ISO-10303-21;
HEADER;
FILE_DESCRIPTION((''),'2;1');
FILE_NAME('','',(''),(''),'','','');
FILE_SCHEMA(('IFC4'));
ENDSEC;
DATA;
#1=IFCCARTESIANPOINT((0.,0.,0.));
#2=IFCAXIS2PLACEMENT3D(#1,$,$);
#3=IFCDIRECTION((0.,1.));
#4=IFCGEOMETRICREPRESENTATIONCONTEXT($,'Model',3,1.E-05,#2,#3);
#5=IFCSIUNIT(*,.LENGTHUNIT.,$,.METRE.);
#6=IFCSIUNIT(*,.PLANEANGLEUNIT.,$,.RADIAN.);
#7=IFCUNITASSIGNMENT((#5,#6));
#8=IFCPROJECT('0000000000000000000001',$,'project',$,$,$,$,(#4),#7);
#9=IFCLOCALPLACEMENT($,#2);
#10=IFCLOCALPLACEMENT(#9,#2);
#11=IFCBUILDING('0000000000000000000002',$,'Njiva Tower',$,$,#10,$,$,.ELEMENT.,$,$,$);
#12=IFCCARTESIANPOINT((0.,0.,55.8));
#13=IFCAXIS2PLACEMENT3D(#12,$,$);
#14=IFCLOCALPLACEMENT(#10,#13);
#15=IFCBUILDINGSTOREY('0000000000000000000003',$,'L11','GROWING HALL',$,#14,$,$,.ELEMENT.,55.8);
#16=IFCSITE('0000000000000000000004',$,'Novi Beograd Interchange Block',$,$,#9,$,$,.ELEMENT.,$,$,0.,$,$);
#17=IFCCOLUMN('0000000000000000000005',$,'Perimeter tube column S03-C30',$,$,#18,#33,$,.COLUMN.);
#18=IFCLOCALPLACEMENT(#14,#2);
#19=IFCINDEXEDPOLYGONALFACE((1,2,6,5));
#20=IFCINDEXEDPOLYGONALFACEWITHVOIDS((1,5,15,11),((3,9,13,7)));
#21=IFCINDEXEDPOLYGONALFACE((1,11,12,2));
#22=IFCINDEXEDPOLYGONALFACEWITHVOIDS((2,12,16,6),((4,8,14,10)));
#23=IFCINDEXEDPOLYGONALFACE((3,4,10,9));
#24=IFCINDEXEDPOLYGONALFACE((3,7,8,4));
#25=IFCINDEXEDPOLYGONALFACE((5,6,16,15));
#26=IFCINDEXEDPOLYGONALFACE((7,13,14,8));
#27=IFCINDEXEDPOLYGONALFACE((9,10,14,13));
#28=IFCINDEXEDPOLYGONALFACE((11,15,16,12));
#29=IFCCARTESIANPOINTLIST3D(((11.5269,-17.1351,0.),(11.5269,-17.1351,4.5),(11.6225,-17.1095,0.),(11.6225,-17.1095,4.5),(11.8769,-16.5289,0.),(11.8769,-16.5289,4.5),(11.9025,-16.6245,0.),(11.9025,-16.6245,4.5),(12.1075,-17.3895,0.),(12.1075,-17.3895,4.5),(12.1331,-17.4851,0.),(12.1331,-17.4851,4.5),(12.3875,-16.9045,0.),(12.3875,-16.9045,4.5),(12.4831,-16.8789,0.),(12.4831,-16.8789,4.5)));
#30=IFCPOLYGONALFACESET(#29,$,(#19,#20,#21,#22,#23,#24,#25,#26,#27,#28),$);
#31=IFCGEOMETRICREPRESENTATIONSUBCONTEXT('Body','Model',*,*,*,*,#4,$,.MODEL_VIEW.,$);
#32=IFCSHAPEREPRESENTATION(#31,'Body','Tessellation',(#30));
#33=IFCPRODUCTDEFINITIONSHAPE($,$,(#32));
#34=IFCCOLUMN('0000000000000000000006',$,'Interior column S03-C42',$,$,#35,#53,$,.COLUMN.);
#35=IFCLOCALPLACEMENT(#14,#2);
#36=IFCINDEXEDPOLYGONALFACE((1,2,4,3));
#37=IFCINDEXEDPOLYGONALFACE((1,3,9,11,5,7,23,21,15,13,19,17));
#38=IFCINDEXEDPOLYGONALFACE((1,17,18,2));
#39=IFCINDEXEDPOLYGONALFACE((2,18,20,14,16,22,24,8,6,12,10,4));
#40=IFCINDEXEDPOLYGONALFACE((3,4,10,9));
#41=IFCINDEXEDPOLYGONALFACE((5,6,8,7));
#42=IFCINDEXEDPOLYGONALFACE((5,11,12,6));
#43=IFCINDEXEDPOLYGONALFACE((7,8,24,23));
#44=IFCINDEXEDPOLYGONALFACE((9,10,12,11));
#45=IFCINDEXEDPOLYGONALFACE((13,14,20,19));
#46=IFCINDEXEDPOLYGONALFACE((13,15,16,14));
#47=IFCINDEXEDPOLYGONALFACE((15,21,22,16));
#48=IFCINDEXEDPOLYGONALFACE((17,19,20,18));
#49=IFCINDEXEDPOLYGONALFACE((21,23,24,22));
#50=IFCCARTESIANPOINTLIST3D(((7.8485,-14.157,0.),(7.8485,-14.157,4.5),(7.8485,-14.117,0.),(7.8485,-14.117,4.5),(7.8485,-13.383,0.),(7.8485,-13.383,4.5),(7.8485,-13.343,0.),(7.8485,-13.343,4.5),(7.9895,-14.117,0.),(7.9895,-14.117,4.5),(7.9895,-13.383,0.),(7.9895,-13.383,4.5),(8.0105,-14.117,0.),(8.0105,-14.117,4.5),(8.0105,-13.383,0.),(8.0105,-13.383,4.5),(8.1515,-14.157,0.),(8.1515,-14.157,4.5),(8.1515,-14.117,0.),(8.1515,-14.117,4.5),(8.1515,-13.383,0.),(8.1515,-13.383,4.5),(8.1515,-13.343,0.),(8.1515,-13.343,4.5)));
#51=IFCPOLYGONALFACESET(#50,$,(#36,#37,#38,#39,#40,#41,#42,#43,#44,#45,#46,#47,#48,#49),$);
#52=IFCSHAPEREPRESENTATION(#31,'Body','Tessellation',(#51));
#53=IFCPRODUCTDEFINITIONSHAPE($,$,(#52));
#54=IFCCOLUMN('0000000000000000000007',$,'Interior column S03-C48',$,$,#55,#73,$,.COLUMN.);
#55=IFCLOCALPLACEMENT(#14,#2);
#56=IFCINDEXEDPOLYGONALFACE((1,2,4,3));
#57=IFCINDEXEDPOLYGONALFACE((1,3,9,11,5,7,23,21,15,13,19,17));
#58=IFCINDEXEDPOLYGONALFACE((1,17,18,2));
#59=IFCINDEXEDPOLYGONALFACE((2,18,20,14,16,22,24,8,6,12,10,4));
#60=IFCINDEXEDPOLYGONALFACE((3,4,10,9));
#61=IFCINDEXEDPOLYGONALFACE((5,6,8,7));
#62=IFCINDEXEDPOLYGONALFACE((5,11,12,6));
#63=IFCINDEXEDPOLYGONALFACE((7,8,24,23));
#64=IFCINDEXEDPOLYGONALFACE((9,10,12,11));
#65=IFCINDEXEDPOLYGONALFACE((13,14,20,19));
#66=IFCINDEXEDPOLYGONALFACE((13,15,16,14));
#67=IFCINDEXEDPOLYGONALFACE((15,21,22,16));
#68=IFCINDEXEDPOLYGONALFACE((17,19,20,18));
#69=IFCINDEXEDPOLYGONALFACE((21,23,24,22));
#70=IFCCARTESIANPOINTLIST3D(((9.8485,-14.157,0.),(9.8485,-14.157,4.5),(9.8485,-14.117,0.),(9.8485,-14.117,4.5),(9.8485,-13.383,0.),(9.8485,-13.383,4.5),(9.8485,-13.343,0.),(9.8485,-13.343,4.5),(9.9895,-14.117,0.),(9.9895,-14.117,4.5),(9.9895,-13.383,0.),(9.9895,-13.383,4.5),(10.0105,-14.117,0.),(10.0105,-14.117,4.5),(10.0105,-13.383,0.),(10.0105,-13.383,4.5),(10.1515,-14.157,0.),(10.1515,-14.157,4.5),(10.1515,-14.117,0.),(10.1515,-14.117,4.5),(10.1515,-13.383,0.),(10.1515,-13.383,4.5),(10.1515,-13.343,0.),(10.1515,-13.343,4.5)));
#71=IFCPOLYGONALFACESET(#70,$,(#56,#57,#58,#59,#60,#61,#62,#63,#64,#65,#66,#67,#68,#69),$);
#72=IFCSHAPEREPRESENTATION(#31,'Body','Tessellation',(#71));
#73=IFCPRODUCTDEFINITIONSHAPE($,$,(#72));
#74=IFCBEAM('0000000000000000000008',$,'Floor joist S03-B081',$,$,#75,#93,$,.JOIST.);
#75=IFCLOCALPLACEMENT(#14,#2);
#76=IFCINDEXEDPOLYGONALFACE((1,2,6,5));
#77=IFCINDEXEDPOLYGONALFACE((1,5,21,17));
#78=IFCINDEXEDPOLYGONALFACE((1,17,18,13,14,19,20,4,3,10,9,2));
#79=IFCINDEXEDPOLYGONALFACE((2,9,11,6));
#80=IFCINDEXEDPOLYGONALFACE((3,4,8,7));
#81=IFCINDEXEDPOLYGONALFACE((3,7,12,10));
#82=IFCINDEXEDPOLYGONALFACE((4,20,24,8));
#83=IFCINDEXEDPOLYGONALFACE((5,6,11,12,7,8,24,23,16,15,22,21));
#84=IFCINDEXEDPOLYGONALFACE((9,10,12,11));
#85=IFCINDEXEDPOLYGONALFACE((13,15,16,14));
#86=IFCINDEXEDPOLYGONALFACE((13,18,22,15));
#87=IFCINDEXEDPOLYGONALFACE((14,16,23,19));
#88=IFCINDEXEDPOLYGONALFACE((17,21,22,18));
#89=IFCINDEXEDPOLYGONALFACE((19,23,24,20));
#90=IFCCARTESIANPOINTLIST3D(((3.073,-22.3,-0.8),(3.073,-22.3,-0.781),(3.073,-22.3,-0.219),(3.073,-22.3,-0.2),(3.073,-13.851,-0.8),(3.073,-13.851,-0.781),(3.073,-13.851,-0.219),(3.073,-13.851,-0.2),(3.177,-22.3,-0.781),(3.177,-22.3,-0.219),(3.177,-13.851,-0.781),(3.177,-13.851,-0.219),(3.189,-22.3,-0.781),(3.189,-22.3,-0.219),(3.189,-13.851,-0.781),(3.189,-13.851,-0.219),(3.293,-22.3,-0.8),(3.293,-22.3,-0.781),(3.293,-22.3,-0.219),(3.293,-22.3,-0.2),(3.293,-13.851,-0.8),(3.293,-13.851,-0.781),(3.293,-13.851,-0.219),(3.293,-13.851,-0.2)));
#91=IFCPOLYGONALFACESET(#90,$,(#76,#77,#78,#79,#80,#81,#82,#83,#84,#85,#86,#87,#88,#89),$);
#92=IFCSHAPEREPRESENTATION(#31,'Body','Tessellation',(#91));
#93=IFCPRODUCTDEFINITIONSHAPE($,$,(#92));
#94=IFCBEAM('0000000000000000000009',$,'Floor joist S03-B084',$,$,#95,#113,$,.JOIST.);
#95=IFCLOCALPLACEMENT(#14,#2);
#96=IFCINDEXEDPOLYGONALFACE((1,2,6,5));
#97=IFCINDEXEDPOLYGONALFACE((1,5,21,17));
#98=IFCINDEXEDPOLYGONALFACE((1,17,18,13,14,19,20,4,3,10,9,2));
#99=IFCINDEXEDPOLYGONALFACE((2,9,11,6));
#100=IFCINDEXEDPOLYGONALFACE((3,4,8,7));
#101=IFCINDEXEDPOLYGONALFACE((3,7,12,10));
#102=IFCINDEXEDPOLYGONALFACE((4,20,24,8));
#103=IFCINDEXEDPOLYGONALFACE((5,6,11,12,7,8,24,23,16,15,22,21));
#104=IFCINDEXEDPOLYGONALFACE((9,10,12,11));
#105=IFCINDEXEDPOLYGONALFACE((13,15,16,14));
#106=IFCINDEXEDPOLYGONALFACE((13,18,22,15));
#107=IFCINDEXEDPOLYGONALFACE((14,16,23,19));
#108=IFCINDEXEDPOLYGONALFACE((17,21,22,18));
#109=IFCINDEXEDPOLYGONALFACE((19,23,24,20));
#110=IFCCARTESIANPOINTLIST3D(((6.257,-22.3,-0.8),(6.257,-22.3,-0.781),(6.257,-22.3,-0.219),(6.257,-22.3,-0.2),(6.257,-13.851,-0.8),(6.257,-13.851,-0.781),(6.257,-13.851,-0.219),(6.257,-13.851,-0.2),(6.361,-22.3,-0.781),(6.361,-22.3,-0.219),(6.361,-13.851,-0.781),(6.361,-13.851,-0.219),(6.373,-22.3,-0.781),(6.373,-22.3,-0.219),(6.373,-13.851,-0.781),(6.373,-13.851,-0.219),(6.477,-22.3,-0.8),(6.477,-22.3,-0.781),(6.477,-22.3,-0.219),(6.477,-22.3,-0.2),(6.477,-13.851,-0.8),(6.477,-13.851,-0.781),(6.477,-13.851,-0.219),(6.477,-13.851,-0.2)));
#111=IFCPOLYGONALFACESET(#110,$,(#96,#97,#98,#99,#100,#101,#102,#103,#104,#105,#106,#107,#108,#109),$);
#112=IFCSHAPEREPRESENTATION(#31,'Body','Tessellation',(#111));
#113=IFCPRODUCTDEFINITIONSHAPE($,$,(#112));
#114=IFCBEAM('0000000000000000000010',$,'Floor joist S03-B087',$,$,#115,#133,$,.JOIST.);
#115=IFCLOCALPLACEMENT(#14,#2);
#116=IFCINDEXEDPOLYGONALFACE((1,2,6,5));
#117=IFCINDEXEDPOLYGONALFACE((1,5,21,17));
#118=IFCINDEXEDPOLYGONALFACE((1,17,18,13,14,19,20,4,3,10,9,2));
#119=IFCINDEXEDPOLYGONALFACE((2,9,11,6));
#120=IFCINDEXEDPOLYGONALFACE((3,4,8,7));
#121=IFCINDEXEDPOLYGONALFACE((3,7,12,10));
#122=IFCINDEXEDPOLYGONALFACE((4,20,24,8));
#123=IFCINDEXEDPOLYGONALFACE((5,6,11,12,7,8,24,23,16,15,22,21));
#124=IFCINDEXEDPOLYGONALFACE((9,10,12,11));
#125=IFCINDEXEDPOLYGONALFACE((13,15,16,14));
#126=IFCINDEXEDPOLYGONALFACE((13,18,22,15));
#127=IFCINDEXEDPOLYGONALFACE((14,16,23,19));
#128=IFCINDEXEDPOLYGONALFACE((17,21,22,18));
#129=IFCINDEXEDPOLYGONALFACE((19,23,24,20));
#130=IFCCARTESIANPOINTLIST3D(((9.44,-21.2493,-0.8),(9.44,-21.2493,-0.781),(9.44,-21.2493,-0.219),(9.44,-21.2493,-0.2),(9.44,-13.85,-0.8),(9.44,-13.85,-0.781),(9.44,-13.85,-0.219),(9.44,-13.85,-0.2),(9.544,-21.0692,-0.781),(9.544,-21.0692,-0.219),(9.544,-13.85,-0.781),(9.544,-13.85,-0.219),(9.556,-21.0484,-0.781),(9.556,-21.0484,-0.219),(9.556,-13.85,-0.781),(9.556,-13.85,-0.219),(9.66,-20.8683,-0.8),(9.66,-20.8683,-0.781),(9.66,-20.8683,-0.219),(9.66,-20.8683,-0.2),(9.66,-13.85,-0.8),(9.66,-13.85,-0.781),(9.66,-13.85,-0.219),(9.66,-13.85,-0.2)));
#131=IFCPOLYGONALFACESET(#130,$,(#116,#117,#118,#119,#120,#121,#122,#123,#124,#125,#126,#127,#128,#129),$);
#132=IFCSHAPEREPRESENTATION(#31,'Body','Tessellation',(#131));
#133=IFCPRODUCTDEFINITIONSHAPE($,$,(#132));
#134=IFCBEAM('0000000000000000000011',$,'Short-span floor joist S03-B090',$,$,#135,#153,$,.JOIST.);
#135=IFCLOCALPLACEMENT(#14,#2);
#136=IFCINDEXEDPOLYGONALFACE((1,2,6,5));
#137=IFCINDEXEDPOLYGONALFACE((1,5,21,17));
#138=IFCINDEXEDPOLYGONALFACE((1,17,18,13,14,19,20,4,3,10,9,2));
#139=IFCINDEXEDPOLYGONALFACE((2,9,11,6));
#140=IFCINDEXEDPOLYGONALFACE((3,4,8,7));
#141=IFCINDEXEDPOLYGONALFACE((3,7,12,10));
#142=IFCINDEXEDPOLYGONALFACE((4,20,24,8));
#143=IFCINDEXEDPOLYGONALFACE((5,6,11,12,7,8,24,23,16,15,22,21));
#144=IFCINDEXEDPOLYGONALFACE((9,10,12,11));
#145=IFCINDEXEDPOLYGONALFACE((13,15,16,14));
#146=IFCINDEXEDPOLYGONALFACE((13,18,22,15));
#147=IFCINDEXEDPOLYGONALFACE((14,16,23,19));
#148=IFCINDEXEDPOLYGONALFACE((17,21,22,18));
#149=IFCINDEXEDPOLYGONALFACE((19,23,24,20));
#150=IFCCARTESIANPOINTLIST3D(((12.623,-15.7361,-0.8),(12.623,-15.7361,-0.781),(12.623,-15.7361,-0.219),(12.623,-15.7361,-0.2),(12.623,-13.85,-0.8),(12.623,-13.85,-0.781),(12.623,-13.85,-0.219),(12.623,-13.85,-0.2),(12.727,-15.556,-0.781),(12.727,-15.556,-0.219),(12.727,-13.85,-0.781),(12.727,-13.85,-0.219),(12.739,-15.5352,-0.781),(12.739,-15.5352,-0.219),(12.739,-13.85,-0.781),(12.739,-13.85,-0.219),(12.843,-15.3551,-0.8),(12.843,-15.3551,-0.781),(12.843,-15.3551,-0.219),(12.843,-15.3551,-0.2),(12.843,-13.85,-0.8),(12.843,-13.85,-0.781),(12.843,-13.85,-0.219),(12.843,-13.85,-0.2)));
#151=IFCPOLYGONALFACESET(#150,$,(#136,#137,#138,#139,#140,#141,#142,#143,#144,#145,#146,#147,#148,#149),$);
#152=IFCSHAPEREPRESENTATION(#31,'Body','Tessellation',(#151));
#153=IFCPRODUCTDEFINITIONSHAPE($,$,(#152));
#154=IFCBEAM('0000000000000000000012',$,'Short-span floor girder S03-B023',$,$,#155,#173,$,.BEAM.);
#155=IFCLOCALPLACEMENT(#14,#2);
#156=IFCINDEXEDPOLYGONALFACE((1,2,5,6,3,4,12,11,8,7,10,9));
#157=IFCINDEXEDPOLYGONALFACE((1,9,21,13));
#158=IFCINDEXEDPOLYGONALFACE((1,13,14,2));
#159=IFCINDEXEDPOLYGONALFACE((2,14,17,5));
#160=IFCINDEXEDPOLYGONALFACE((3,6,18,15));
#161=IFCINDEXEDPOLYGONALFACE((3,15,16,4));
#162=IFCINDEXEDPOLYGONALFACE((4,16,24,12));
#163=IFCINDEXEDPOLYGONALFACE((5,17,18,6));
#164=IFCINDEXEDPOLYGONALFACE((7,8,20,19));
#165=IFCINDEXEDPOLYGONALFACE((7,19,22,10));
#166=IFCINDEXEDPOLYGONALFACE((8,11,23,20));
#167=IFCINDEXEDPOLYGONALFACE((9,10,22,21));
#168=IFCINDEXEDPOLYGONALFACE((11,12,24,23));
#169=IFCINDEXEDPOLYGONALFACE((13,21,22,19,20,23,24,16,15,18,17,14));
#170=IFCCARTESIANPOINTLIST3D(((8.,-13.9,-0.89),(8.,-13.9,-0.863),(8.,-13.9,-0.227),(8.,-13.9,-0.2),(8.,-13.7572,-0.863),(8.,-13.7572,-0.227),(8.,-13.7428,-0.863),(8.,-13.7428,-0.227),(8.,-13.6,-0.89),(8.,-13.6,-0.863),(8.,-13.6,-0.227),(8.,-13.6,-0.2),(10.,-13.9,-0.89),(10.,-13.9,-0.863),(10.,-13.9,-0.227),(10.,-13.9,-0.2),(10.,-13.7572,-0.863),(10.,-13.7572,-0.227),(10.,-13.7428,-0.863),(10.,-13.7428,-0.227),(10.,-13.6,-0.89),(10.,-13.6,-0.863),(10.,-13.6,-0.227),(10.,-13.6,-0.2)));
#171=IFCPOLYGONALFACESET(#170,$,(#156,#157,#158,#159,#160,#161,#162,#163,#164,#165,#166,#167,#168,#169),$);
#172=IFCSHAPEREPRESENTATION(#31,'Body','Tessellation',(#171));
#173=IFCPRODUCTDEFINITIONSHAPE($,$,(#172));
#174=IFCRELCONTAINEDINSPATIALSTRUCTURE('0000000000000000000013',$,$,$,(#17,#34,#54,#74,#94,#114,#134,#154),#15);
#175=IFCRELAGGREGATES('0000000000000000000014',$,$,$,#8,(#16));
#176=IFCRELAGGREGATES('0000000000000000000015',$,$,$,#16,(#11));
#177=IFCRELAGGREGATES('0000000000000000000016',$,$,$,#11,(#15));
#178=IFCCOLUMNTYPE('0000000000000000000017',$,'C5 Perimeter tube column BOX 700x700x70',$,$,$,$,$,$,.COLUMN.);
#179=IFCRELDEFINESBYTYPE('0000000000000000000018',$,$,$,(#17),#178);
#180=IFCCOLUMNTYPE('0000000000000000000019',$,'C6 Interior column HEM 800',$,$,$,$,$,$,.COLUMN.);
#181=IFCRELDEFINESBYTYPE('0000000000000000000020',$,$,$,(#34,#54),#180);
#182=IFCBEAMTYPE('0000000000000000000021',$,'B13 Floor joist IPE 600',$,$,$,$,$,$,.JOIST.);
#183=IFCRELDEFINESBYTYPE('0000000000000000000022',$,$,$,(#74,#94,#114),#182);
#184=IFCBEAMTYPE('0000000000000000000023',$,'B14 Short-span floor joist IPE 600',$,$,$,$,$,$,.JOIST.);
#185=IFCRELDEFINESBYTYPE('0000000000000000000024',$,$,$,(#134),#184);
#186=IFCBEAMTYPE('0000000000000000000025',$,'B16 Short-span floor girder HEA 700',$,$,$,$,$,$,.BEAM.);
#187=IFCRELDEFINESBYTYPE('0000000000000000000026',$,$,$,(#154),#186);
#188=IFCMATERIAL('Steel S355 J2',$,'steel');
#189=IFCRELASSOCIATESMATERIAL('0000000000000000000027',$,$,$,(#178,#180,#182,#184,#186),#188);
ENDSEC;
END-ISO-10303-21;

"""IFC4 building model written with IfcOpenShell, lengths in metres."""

from ifc_helpers import new_model, si_unit, direction, frame, origin, origin_2d, place, context, subcontext, project, spatial, hollow_rectangle, i_section, extrude, clip, halfspace, material, material_profile, profile_set, type_object, element, save


model = new_model("IFC4")

# Units and contexts
model_context = context("Model", 3, precision=1e-05, world=origin(), true_north=direction((0.0, 1.0)))
body_context = subcontext(model_context, "Body", "Model", "MODEL_VIEW")
ifc_project = project(units=[si_unit("LENGTHUNIT", "METRE"), si_unit("PLANEANGLEUNIT", "RADIAN")], contexts=[model_context])

# Site, building, storey
site_placement = place(None, origin())
site = spatial("IfcSite", under=ifc_project, at=site_placement, Name="Novi Beograd Interchange Block", CompositionType="ELEMENT", RefElevation=0.0)
building_placement = place(site_placement, origin())
building = spatial("IfcBuilding", under=site, at=building_placement, Name="Njiva Tower", CompositionType="ELEMENT")
storey_placement = place(building_placement, frame((0.0, 0.0, 55.8)))
storey = spatial("IfcBuildingStorey", under=building, at=storey_placement, Name="L11", Description="GROWING HALL", CompositionType="ELEMENT", Elevation=55.8)

# Columns
ifc_material_1 = material(Name="Steel S355 J2", Category="steel")
ifc_material_profile_1 = material_profile(ifc_material_1, hollow_rectangle(XDim=0.7, YDim=0.7, WallThickness=0.07, at=origin_2d()), Name="BOX 700x700x70")
ifc_profile_set_1 = profile_set([ifc_material_profile_1], Name="Steel S355 J2")
column_type_1 = type_object("IfcColumnType", Name="C5 Perimeter tube column BOX 700x700x70", PredefinedType="COLUMN", material=ifc_profile_set_1)
column_placement = place(storey_placement, frame((12.005, -17.007, 0.0), z_axis=(0.0, 0.0, 1.0), x_axis=(0.5, 0.866025, 0.0)))
element("IfcColumn", 1, at=column_placement, inside=storey, type_object=column_type_1, Name="Perimeter tube column S03-C30", PredefinedType="COLUMN", context=body_context, shape_type="SweptSolid", body=[
    extrude(hollow_rectangle(XDim=0.7, YDim=0.7, WallThickness=0.07, at=origin_2d()), origin(), (0.0, 0.0, 1.0), 4.5),
])
ifc_material_profile_2 = material_profile(ifc_material_1, i_section(OverallWidth=0.303, OverallDepth=0.814, WebThickness=0.021, FlangeThickness=0.04, at=origin_2d()), Name="HEM 800")
ifc_profile_set_2 = profile_set([ifc_material_profile_2], Name="Steel S355 J2")
column_type_2 = type_object("IfcColumnType", Name="C6 Interior column HEM 800", PredefinedType="COLUMN", material=ifc_profile_set_2)
for number, where, z_axis, x_axis, name in (
    (2, (8.0, -13.75, 0.0), (0.0, 0.0, 1.0), (1.0, 0.0, 0.0), "Interior column S03-C42"),
    (3, (10.0, -13.75, 0.0), (0.0, 0.0, 1.0), (1.0, 0.0, 0.0), "Interior column S03-C48"),
):
    element("IfcColumn", number, at=place(storey_placement, frame(where, z_axis=z_axis, x_axis=x_axis)), inside=storey, type_object=column_type_2, Name=name, PredefinedType="COLUMN", context=body_context, shape_type="SweptSolid", body=[
        extrude(i_section(OverallWidth=0.303, OverallDepth=0.814, WebThickness=0.021, FlangeThickness=0.04, at=origin_2d()), origin(), (0.0, 0.0, 1.0), 4.5),
    ])

# Beams
ifc_material_profile_3 = material_profile(ifc_material_1, i_section(OverallWidth=0.22, OverallDepth=0.6, WebThickness=0.012, FlangeThickness=0.019, at=origin_2d()), Name="IPE 600")
ifc_profile_set_3 = profile_set([ifc_material_profile_3], Name="Steel S355 J2")
beam_type_1 = type_object("IfcBeamType", Name="B13 Floor joist IPE 600", PredefinedType="JOIST", material=ifc_profile_set_3)
for number, where, z_axis, x_axis, name in (
    (4, (3.183, -13.851, -0.5), (0.0, -1.0, 0.0), (1.0, 0.0, 0.0), "Floor joist S03-B081"),
    (5, (6.367, -13.851, -0.5), (0.0, -1.0, 0.0), (1.0, 0.0, 0.0), "Floor joist S03-B084"),
):
    element("IfcBeam", number, at=place(storey_placement, frame(where, z_axis=z_axis, x_axis=x_axis)), inside=storey, type_object=beam_type_1, Name=name, PredefinedType="JOIST", context=body_context, shape_type="SweptSolid", body=[
        extrude(i_section(OverallWidth=0.22, OverallDepth=0.6, WebThickness=0.012, FlangeThickness=0.019, at=origin_2d()), origin(), (0.0, 0.0, 1.0), 8.449),
    ])
beam_1_placement = place(storey_placement, frame((9.55, -13.85, -0.5), z_axis=(0.0, -1.0, 0.0), x_axis=(1.0, 0.0, 0.0)))
element("IfcBeam", 6, at=beam_1_placement, inside=storey, type_object=beam_type_1, Name="Floor joist S03-B087", PredefinedType="JOIST", context=body_context, shape_type="Clipping", body=[
    clip(extrude(i_section(OverallWidth=0.22, OverallDepth=0.6, WebThickness=0.012, FlangeThickness=0.019, at=origin_2d()), origin(), (0.0, 0.0, 1.0), 7.42), halfspace(frame((0.0433, 0.0, 7.1338), z_axis=(0.866027, 0.0, 0.499998), x_axis=(0.0, 1.0, 0.0)), False)),
])
ifc_material_profile_4 = material_profile(ifc_material_1, i_section(OverallWidth=0.22, OverallDepth=0.6, WebThickness=0.012, FlangeThickness=0.019, at=origin_2d()), Name="IPE 600")
ifc_profile_set_4 = profile_set([ifc_material_profile_4], Name="Steel S355 J2")
beam_type_2 = type_object("IfcBeamType", Name="B14 Short-span floor joist IPE 600", PredefinedType="JOIST", material=ifc_profile_set_4)
beam_2_placement = place(storey_placement, frame((12.733, -13.85, -0.5), z_axis=(0.0, -1.0, 0.0), x_axis=(1.0, 0.0, 0.0)))
element("IfcBeam", 7, at=beam_2_placement, inside=storey, type_object=beam_type_2, Name="Short-span floor joist S03-B090", PredefinedType="JOIST", context=body_context, shape_type="Clipping", body=[
    clip(extrude(i_section(OverallWidth=0.22, OverallDepth=0.6, WebThickness=0.012, FlangeThickness=0.019, at=origin_2d()), origin(), (0.0, 0.0, 1.0), 1.906), halfspace(frame((0.0436, 0.0, 1.6201), z_axis=(0.866027, 0.0, 0.499998), x_axis=(0.0, 1.0, 0.0)), False)),
])
ifc_material_profile_5 = material_profile(ifc_material_1, i_section(OverallWidth=0.3, OverallDepth=0.69, WebThickness=0.0145, FlangeThickness=0.027, at=origin_2d()), Name="HEA 700")
ifc_profile_set_5 = profile_set([ifc_material_profile_5], Name="Steel S355 J2")
beam_type_3 = type_object("IfcBeamType", Name="B16 Short-span floor girder HEA 700", PredefinedType="BEAM", material=ifc_profile_set_5)
beam_3_placement = place(storey_placement, frame((8.0, -13.75, -0.545), z_axis=(1.0, 0.0, 0.0), x_axis=(0.0, 1.0, 0.0)))
element("IfcBeam", 8, at=beam_3_placement, inside=storey, type_object=beam_type_3, Name="Short-span floor girder S03-B023", PredefinedType="BEAM", context=body_context, shape_type="SweptSolid", body=[
    extrude(i_section(OverallWidth=0.3, OverallDepth=0.69, WebThickness=0.0145, FlangeThickness=0.027, at=origin_2d()), origin(), (0.0, 0.0, 1.0), 2.0),
])

save(model, "model.ifc")
